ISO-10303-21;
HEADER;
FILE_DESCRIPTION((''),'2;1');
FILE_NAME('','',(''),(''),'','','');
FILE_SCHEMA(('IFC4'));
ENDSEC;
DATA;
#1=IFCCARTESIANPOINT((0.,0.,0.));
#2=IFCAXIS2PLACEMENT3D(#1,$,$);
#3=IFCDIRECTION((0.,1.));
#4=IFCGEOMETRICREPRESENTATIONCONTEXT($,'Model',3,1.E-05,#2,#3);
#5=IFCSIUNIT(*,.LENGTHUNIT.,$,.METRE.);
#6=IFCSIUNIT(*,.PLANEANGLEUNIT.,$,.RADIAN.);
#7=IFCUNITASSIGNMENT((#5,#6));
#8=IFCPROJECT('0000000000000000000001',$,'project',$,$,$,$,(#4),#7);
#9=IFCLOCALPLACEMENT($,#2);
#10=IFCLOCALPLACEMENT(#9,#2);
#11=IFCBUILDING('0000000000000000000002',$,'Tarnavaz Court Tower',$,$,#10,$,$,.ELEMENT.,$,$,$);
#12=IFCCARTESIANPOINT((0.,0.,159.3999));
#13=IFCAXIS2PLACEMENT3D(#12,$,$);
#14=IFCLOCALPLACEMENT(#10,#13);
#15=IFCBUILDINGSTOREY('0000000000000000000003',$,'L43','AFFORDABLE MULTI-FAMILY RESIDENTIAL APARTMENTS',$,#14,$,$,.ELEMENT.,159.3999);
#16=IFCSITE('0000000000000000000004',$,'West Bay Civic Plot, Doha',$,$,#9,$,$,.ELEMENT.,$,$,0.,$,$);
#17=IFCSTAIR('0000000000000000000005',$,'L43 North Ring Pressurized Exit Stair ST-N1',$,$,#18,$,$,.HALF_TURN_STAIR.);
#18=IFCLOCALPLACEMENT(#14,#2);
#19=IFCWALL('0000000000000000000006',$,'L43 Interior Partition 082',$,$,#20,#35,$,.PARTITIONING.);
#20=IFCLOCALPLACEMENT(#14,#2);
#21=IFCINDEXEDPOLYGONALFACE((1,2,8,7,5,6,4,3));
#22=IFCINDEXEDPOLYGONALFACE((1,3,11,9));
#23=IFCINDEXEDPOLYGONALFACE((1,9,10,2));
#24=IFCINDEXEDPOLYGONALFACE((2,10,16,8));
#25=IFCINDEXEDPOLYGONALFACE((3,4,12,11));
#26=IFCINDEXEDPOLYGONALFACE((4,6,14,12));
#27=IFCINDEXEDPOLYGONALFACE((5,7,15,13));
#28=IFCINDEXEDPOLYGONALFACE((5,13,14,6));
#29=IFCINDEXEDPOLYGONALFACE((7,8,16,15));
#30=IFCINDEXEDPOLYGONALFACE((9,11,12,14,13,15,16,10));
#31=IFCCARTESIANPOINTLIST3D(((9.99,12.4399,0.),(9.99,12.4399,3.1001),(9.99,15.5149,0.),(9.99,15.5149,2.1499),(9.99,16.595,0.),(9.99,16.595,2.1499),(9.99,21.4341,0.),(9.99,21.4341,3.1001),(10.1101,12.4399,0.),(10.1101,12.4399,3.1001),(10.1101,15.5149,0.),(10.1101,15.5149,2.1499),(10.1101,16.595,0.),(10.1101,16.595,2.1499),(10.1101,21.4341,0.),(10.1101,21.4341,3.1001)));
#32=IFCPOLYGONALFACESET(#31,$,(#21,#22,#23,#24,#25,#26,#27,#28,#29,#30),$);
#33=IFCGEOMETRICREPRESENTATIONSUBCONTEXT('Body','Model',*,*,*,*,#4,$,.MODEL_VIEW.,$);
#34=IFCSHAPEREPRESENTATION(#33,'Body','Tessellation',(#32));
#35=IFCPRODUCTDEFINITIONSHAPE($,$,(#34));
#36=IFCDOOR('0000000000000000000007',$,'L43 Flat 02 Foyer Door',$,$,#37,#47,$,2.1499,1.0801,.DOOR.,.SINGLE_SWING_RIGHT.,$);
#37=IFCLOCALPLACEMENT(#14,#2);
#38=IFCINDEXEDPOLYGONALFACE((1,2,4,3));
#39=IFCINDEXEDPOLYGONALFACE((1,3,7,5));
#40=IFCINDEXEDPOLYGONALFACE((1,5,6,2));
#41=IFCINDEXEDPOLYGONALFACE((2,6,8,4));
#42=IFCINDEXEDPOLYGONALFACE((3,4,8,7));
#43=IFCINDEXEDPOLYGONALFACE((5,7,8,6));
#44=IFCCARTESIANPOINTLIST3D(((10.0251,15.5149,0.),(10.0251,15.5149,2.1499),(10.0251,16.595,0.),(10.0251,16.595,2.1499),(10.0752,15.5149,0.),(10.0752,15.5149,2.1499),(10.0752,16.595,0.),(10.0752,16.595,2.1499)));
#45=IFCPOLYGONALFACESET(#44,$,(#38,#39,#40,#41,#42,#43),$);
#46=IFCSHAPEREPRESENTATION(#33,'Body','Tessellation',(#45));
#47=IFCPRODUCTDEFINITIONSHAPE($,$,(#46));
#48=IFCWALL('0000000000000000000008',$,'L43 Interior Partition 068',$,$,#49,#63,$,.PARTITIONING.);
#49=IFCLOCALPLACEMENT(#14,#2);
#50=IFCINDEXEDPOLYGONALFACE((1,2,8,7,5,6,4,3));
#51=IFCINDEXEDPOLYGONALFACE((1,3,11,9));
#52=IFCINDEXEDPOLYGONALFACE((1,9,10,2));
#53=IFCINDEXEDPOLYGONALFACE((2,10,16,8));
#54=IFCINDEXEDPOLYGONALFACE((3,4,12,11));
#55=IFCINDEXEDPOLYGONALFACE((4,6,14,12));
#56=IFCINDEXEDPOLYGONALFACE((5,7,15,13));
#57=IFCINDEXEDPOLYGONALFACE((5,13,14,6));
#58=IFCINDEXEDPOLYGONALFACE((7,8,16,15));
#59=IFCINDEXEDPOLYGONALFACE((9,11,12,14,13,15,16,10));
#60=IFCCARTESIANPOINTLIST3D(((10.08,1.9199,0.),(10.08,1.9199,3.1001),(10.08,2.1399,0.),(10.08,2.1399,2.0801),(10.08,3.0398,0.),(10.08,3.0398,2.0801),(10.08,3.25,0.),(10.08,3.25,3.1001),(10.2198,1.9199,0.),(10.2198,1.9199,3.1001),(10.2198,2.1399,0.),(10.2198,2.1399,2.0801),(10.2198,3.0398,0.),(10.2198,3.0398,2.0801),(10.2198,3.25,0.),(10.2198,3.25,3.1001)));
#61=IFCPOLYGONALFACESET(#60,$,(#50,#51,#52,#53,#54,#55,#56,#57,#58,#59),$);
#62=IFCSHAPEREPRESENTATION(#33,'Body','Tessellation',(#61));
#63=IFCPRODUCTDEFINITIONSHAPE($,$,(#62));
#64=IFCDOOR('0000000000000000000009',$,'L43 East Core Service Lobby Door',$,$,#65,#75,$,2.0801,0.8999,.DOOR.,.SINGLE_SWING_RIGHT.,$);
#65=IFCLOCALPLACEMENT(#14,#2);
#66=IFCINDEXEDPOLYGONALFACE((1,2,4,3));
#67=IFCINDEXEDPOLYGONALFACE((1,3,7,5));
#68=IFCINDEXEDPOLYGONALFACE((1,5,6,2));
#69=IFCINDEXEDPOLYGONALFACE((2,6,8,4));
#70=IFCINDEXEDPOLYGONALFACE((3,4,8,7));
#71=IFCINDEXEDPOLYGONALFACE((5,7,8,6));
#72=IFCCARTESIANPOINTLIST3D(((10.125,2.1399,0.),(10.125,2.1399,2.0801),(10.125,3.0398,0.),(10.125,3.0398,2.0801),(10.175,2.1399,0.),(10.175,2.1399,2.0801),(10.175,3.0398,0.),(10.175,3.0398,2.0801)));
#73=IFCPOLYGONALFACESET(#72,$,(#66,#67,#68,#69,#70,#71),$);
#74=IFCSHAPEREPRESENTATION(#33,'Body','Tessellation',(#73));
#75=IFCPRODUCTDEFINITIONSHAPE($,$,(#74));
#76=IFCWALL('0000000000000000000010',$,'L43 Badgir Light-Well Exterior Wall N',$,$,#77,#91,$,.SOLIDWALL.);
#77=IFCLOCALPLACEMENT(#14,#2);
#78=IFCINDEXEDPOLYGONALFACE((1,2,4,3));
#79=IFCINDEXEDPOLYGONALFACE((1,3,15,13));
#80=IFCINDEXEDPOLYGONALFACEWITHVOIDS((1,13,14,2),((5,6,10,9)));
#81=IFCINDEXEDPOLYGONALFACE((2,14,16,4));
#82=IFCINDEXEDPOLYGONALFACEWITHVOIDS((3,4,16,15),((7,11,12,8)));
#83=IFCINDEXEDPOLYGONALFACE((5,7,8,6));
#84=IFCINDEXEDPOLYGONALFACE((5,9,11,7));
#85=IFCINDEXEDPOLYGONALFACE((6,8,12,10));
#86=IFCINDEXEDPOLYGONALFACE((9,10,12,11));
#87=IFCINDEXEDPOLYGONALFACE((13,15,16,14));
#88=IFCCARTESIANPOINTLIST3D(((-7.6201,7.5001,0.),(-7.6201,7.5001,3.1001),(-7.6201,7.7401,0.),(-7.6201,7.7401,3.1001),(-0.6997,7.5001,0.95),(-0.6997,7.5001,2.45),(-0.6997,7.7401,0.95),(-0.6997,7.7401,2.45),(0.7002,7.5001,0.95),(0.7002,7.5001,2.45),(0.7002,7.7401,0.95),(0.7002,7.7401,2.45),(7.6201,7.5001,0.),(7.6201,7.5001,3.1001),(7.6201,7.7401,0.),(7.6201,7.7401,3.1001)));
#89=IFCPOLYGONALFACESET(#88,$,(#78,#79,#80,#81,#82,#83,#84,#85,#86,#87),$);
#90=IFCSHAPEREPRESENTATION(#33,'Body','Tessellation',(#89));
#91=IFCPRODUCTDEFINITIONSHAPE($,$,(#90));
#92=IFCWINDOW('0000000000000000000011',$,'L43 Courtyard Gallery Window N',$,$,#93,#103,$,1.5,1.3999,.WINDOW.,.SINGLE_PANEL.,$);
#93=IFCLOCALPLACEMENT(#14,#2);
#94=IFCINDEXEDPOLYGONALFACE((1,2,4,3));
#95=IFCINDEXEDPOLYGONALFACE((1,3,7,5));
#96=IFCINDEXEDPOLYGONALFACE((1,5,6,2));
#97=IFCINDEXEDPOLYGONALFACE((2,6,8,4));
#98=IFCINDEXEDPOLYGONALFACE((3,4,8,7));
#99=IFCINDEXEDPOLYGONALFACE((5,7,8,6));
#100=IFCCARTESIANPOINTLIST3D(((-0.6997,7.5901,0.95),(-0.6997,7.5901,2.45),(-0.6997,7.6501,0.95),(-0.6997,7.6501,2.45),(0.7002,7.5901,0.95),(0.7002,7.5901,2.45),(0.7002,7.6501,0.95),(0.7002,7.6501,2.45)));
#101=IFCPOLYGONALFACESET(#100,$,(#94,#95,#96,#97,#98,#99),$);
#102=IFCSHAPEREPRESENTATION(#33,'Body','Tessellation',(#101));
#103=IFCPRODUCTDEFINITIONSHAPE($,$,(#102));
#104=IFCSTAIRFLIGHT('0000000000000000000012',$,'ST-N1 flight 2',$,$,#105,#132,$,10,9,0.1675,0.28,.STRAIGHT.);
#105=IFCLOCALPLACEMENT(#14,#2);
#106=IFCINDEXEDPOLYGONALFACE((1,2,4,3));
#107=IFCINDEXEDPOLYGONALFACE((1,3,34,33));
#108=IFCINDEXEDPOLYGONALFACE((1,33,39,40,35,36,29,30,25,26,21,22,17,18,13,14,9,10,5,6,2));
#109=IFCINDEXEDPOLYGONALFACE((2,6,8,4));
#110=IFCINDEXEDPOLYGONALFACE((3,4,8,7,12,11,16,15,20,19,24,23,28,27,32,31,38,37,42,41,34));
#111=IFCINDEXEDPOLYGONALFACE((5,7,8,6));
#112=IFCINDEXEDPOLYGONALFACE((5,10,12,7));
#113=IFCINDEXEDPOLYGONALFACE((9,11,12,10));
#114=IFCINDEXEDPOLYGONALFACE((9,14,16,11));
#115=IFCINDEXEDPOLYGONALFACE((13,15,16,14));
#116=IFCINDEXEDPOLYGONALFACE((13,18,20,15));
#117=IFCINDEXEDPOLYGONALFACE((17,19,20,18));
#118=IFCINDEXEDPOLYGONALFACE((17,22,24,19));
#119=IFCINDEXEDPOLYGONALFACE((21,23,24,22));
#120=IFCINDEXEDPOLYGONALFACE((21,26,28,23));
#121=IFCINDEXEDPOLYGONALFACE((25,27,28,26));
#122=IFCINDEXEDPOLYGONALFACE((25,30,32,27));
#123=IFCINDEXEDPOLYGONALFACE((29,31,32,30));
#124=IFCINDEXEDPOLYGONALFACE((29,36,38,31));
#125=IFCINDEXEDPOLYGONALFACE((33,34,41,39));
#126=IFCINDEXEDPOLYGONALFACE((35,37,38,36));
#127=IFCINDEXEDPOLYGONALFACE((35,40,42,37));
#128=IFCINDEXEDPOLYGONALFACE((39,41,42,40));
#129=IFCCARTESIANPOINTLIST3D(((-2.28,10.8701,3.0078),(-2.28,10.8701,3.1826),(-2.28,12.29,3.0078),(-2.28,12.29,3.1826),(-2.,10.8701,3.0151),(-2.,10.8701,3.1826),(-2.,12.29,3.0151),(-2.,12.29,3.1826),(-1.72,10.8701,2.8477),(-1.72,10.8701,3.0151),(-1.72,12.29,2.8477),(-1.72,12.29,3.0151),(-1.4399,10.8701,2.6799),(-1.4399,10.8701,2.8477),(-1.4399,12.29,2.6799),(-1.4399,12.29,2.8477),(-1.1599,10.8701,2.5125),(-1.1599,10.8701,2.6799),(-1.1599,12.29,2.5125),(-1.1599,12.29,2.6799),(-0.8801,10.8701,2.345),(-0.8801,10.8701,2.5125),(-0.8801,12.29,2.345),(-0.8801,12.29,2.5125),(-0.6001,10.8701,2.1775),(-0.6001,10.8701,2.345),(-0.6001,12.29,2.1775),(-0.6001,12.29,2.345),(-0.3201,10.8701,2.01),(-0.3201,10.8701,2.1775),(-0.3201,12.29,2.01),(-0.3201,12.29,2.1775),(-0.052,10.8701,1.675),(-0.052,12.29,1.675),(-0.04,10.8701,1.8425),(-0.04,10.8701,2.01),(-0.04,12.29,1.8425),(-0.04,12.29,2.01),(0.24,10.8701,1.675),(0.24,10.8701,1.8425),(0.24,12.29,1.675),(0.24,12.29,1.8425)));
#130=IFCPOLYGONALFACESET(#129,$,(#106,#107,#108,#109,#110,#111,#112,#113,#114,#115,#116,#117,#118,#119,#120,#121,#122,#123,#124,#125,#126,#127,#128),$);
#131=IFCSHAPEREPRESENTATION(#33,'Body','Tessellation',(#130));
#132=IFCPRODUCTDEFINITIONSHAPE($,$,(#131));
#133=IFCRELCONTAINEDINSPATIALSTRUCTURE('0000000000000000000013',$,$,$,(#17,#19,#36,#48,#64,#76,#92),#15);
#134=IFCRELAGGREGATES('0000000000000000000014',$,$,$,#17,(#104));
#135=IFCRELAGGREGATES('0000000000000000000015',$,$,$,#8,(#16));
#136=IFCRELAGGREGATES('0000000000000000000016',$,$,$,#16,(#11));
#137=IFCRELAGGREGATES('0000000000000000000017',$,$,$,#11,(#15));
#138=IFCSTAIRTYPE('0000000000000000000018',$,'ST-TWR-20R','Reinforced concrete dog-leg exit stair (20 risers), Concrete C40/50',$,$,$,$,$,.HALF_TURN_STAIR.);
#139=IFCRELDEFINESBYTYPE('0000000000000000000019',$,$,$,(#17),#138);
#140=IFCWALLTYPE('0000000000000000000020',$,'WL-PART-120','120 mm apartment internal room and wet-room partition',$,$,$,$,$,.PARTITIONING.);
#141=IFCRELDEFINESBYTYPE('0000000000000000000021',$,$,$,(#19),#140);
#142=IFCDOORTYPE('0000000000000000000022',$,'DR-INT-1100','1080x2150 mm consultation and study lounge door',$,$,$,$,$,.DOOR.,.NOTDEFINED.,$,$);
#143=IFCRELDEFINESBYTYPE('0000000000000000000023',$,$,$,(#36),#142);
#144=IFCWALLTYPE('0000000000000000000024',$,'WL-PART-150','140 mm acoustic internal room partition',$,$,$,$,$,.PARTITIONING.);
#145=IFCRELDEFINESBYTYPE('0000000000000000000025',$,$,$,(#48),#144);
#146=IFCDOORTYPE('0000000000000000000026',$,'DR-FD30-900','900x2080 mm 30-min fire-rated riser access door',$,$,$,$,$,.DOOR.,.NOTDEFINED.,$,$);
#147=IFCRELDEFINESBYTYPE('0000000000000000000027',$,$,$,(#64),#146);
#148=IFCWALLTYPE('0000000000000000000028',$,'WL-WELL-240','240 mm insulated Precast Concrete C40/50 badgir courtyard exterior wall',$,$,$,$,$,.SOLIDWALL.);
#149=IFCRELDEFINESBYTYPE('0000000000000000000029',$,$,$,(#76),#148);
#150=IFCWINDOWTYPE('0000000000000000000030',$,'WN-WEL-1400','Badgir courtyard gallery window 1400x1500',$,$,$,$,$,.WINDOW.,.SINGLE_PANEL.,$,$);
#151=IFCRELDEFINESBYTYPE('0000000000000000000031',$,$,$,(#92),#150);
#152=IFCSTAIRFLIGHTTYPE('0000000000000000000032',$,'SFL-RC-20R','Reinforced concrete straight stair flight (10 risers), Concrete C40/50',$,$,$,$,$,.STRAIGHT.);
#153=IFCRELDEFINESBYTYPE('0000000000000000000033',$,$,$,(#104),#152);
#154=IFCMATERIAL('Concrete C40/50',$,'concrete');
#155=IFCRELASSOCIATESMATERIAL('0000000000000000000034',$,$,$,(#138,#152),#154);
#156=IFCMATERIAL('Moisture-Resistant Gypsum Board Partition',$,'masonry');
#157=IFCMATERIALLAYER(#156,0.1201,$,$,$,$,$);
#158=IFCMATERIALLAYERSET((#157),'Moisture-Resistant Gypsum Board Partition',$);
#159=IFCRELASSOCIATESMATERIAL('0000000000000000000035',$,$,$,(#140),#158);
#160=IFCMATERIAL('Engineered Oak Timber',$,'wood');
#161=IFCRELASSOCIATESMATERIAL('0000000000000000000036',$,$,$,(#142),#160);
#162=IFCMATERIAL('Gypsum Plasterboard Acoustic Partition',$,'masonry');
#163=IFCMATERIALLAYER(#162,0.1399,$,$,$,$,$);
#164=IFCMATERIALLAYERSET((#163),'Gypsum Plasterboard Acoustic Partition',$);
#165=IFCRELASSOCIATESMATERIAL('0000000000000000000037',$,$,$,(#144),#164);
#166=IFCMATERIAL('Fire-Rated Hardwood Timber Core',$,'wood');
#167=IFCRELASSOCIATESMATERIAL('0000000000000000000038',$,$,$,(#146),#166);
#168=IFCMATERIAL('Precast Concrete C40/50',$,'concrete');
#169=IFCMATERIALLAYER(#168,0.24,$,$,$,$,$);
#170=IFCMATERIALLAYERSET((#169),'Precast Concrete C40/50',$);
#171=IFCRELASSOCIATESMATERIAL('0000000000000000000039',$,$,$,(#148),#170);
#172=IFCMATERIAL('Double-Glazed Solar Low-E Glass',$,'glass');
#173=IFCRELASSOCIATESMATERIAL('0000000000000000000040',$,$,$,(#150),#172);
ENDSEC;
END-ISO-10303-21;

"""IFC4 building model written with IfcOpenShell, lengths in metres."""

from ifc_helpers import new_model, si_unit, direction, frame, frame_2d, origin, place, context, subcontext, project, spatial, polyline, rectangle, outline, extrude, material, layer, layer_set, type_object, element, fill, aggregate, save


model = new_model("IFC4")

# Units and contexts
model_context = context("Model", 3, precision=1e-05, world=origin(), true_north=direction((0.0, 1.0)))
body_context = subcontext(model_context, "Body", "Model", "MODEL_VIEW")
ifc_project = project(units=[si_unit("LENGTHUNIT", "METRE"), si_unit("PLANEANGLEUNIT", "RADIAN")], contexts=[model_context])

# Site, building, storey
site_placement = place(None, origin())
site = spatial("IfcSite", under=ifc_project, at=site_placement, Name="West Bay Civic Plot, Doha", CompositionType="ELEMENT", RefElevation=0.0)
building_placement = place(site_placement, origin())
building = spatial("IfcBuilding", under=site, at=building_placement, Name="Tarnavaz Court Tower", CompositionType="ELEMENT")
storey_placement = place(building_placement, frame((0.0, 0.0, 159.3999)))
storey = spatial("IfcBuildingStorey", under=building, at=storey_placement, Name="L43", Description="AFFORDABLE MULTI-FAMILY RESIDENTIAL APARTMENTS", CompositionType="ELEMENT", Elevation=159.3999)

# Stair
ifc_material_1 = material(Name="Concrete C40/50", Category="concrete")
stair_type = type_object("IfcStairType", Name="ST-TWR-20R", Description="Reinforced concrete dog-leg exit stair (20 risers), Concrete C40/50", PredefinedType="HALF_TURN_STAIR", material=ifc_material_1)
stair_1_placement = place(storey_placement, origin())
stair_1 = element("IfcStair", 1, at=stair_1_placement, inside=storey, type_object=stair_type, Name="L43 North Ring Pressurized Exit Stair ST-N1", PredefinedType="HALF_TURN_STAIR")

# Shared definitions
ifc_material_2 = material(Name="Fire-Rated Hardwood Timber Core", Category="wood")

# Walls, openings, doors
ifc_material_3 = material(Name="Moisture-Resistant Gypsum Board Partition", Category="masonry")
ifc_layer_1 = layer(ifc_material_3, 0.1201)
ifc_layer_set_1 = layer_set([ifc_layer_1], Name="Moisture-Resistant Gypsum Board Partition")
wall_type_1 = type_object("IfcWallType", Name="WL-PART-120", Description="120 mm apartment internal room and wet-room partition", PredefinedType="PARTITIONING", material=ifc_layer_set_1)
wall_1_placement = place(storey_placement, frame((10.05, 12.4399, 0.0), z_axis=(0.0, 0.0, 1.0), x_axis=(0.0, 1.0, 0.0)))
wall_1 = element("IfcWall", 2, at=wall_1_placement, inside=storey, type_object=wall_type_1, Name="L43 Interior Partition 082", PredefinedType="PARTITIONING", context=body_context, shape_type="SweptSolid", body=[
    extrude(rectangle(XDim=8.9941, YDim=0.1201, at=frame_2d((4.4971, 0.0))), origin(), (0.0, 0.0, 1.0), 3.1001),
])
opening_1_placement = place(wall_1_placement, frame((3.075, 0.0, 0.0)))
opening_1 = element("IfcOpeningElement", 3, at=opening_1_placement, cuts=wall_1, PredefinedType="OPENING", context=body_context, shape_type="SweptSolid", body=[
    extrude(rectangle(XDim=1.0801, YDim=2.1499, at=frame_2d((0.54, 1.075))), frame((0.0, 0.0701, 0.0), z_axis=(0.0, -1.0, 0.0), x_axis=(1.0, 0.0, 0.0)), (0.0, 0.0, 1.0), 0.1401),
])
ifc_material_4 = material(Name="Engineered Oak Timber", Category="wood")
door_type_1 = type_object("IfcDoorType", Name="DR-INT-1100", Description="1080x2150 mm consultation and study lounge door", OperationType="NOTDEFINED", PredefinedType="DOOR", material=ifc_material_4)
door_1_placement = place(opening_1_placement, origin())
door_1 = element("IfcDoor", 4, at=door_1_placement, inside=storey, type_object=door_type_1, Name="L43 Flat 02 Foyer Door", OperationType="SINGLE_SWING_RIGHT", OverallHeight=2.1499, OverallWidth=1.0801, PredefinedType="DOOR", context=body_context, shape_type="SweptSolid", body=[
    extrude(rectangle(XDim=1.0801, YDim=2.1499, at=frame_2d((0.54, 1.075))), frame((0.0, 0.0249, 0.0), z_axis=(0.0, -1.0, 0.0), x_axis=(1.0, 0.0, 0.0)), (0.0, 0.0, 1.0), 0.05),
])
fill(opening_1, door_1)
ifc_material_5 = material(Name="Gypsum Plasterboard Acoustic Partition", Category="masonry")
ifc_layer_2 = layer(ifc_material_5, 0.1399)
ifc_layer_set_2 = layer_set([ifc_layer_2], Name="Gypsum Plasterboard Acoustic Partition")
wall_type_2 = type_object("IfcWallType", Name="WL-PART-150", Description="140 mm acoustic internal room partition", PredefinedType="PARTITIONING", material=ifc_layer_set_2)
wall_2_placement = place(storey_placement, frame((10.1499, 1.9199, 0.0), z_axis=(0.0, 0.0, 1.0), x_axis=(0.0, 1.0, 0.0)))
wall_2 = element("IfcWall", 5, at=wall_2_placement, inside=storey, type_object=wall_type_2, Name="L43 Interior Partition 068", PredefinedType="PARTITIONING", context=body_context, shape_type="SweptSolid", body=[
    extrude(rectangle(XDim=1.3301, YDim=0.1399, at=frame_2d((0.665, 0.0))), origin(), (0.0, 0.0, 1.0), 3.1001),
])
opening_2_placement = place(wall_2_placement, frame((0.22, 0.0, 0.0)))
opening_2 = element("IfcOpeningElement", 6, at=opening_2_placement, cuts=wall_2, PredefinedType="OPENING", context=body_context, shape_type="SweptSolid", body=[
    extrude(rectangle(XDim=0.8999, YDim=2.0801, at=frame_2d((0.45, 1.04))), frame((0.0, 0.0798, 0.0), z_axis=(0.0, -1.0, 0.0), x_axis=(1.0, 0.0, 0.0)), (0.0, 0.0, 1.0), 0.1599),
])
door_type_2 = type_object("IfcDoorType", Name="DR-FD30-900", Description="900x2080 mm 30-min fire-rated riser access door", OperationType="NOTDEFINED", PredefinedType="DOOR", material=ifc_material_2)
door_2_placement = place(opening_2_placement, origin())
door_2 = element("IfcDoor", 7, at=door_2_placement, inside=storey, type_object=door_type_2, Name="L43 East Core Service Lobby Door", OperationType="SINGLE_SWING_RIGHT", OverallHeight=2.0801, OverallWidth=0.8999, PredefinedType="DOOR", context=body_context, shape_type="SweptSolid", body=[
    extrude(rectangle(XDim=0.8999, YDim=2.0801, at=frame_2d((0.45, 1.04))), frame((0.0, 0.0249, 0.0), z_axis=(0.0, -1.0, 0.0), x_axis=(1.0, 0.0, 0.0)), (0.0, 0.0, 1.0), 0.05),
])
fill(opening_2, door_2)

# Wall, opening, window
ifc_material_6 = material(Name="Precast Concrete C40/50", Category="concrete")
ifc_layer_3 = layer(ifc_material_6, 0.24)
ifc_layer_set_3 = layer_set([ifc_layer_3], Name="Precast Concrete C40/50")
wall_type_3 = type_object("IfcWallType", Name="WL-WELL-240", Description="240 mm insulated Precast Concrete C40/50 badgir courtyard exterior wall", PredefinedType="SOLIDWALL", material=ifc_layer_set_3)
wall_3_placement = place(storey_placement, frame((7.6201, 7.6201, 0.0), z_axis=(0.0, 0.0, 1.0), x_axis=(-1.0, 0.0, 0.0)))
wall_3 = element("IfcWall", 8, at=wall_3_placement, inside=storey, type_object=wall_type_3, Name="L43 Badgir Light-Well Exterior Wall N", PredefinedType="SOLIDWALL", context=body_context, shape_type="SweptSolid", body=[
    extrude(rectangle(XDim=15.2402, YDim=0.24, at=frame_2d((7.6201, 0.0))), origin(), (0.0, 0.0, 1.0), 3.1001),
])
opening_3_placement = place(wall_3_placement, frame((6.9199, 0.0, 0.95)))
opening_3 = element("IfcOpeningElement", 9, at=opening_3_placement, cuts=wall_3, PredefinedType="OPENING", context=body_context, shape_type="SweptSolid", body=[
    extrude(rectangle(XDim=1.3999, YDim=1.5, at=frame_2d((0.7, 0.75))), frame((0.0, 0.1299, 0.0), z_axis=(0.0, -1.0, 0.0), x_axis=(1.0, 0.0, 0.0)), (0.0, 0.0, 1.0), 0.26),
])
ifc_material_7 = material(Name="Double-Glazed Solar Low-E Glass", Category="glass")
window_type = type_object("IfcWindowType", Name="WN-WEL-1400", Description="Badgir courtyard gallery window 1400x1500", PartitioningType="SINGLE_PANEL", PredefinedType="WINDOW", material=ifc_material_7)
window_placement = place(opening_3_placement, origin())
window = element("IfcWindow", 10, at=window_placement, inside=storey, type_object=window_type, Name="L43 Courtyard Gallery Window N", OverallHeight=1.5, OverallWidth=1.3999, PartitioningType="SINGLE_PANEL", PredefinedType="WINDOW", context=body_context, shape_type="SweptSolid", body=[
    extrude(rectangle(XDim=1.3999, YDim=1.5, at=frame_2d((0.7, 0.75))), frame((0.0, 0.03, 0.0), z_axis=(0.0, -1.0, 0.0), x_axis=(1.0, 0.0, 0.0)), (0.0, 0.0, 1.0), 0.0601),
])
fill(opening_3, window)

# Stair flight
stair_flight_type = type_object("IfcStairFlightType", Name="SFL-RC-20R", Description="Reinforced concrete straight stair flight (10 risers), Concrete C40/50", PredefinedType="STRAIGHT", material=ifc_material_1)
stair_flight_placement = place(storey_placement, frame((0.24, 11.5801, 1.675), z_axis=(0.0, 0.0, 1.0), x_axis=(-1.0, 0.0, 0.0)))
stair_flight = element("IfcStairFlight", 11, at=stair_flight_placement, type_object=stair_flight_type, Name="ST-N1 flight 2", NumberOfRisers=10, NumberOfTreads=9, PredefinedType="STRAIGHT", RiserHeight=0.1675, TreadLength=0.28, context=body_context, shape_type="SweptSolid", body=[
    extrude(outline(polyline([(0.0, 0.0), (0.0, 0.1675), (0.28, 0.1675), (0.28, 0.335), (0.5601, 0.335), (0.5601, 0.5024), (0.8401, 0.5024), (0.8401, 0.6699), (1.1201, 0.6699), (1.1201, 0.8374), (1.3999, 0.8374), (1.3999, 1.0049), (1.6799, 1.0049), (1.6799, 1.1726), (1.96, 1.1726), (1.96, 1.3401), (2.24, 1.3401), (2.24, 1.5076), (2.52, 1.5076), (2.52, 1.675), (2.52, 1.3328), (0.292, 0.0), (0.0, 0.0)])), frame((0.0, 0.71, 0.0), z_axis=(0.0, -1.0, 0.0), x_axis=(1.0, 0.0, 0.0)), (0.0, 0.0, 1.0), 1.4199),
])
aggregate(stair_1, [stair_flight])

save(model, "model.ifc")
